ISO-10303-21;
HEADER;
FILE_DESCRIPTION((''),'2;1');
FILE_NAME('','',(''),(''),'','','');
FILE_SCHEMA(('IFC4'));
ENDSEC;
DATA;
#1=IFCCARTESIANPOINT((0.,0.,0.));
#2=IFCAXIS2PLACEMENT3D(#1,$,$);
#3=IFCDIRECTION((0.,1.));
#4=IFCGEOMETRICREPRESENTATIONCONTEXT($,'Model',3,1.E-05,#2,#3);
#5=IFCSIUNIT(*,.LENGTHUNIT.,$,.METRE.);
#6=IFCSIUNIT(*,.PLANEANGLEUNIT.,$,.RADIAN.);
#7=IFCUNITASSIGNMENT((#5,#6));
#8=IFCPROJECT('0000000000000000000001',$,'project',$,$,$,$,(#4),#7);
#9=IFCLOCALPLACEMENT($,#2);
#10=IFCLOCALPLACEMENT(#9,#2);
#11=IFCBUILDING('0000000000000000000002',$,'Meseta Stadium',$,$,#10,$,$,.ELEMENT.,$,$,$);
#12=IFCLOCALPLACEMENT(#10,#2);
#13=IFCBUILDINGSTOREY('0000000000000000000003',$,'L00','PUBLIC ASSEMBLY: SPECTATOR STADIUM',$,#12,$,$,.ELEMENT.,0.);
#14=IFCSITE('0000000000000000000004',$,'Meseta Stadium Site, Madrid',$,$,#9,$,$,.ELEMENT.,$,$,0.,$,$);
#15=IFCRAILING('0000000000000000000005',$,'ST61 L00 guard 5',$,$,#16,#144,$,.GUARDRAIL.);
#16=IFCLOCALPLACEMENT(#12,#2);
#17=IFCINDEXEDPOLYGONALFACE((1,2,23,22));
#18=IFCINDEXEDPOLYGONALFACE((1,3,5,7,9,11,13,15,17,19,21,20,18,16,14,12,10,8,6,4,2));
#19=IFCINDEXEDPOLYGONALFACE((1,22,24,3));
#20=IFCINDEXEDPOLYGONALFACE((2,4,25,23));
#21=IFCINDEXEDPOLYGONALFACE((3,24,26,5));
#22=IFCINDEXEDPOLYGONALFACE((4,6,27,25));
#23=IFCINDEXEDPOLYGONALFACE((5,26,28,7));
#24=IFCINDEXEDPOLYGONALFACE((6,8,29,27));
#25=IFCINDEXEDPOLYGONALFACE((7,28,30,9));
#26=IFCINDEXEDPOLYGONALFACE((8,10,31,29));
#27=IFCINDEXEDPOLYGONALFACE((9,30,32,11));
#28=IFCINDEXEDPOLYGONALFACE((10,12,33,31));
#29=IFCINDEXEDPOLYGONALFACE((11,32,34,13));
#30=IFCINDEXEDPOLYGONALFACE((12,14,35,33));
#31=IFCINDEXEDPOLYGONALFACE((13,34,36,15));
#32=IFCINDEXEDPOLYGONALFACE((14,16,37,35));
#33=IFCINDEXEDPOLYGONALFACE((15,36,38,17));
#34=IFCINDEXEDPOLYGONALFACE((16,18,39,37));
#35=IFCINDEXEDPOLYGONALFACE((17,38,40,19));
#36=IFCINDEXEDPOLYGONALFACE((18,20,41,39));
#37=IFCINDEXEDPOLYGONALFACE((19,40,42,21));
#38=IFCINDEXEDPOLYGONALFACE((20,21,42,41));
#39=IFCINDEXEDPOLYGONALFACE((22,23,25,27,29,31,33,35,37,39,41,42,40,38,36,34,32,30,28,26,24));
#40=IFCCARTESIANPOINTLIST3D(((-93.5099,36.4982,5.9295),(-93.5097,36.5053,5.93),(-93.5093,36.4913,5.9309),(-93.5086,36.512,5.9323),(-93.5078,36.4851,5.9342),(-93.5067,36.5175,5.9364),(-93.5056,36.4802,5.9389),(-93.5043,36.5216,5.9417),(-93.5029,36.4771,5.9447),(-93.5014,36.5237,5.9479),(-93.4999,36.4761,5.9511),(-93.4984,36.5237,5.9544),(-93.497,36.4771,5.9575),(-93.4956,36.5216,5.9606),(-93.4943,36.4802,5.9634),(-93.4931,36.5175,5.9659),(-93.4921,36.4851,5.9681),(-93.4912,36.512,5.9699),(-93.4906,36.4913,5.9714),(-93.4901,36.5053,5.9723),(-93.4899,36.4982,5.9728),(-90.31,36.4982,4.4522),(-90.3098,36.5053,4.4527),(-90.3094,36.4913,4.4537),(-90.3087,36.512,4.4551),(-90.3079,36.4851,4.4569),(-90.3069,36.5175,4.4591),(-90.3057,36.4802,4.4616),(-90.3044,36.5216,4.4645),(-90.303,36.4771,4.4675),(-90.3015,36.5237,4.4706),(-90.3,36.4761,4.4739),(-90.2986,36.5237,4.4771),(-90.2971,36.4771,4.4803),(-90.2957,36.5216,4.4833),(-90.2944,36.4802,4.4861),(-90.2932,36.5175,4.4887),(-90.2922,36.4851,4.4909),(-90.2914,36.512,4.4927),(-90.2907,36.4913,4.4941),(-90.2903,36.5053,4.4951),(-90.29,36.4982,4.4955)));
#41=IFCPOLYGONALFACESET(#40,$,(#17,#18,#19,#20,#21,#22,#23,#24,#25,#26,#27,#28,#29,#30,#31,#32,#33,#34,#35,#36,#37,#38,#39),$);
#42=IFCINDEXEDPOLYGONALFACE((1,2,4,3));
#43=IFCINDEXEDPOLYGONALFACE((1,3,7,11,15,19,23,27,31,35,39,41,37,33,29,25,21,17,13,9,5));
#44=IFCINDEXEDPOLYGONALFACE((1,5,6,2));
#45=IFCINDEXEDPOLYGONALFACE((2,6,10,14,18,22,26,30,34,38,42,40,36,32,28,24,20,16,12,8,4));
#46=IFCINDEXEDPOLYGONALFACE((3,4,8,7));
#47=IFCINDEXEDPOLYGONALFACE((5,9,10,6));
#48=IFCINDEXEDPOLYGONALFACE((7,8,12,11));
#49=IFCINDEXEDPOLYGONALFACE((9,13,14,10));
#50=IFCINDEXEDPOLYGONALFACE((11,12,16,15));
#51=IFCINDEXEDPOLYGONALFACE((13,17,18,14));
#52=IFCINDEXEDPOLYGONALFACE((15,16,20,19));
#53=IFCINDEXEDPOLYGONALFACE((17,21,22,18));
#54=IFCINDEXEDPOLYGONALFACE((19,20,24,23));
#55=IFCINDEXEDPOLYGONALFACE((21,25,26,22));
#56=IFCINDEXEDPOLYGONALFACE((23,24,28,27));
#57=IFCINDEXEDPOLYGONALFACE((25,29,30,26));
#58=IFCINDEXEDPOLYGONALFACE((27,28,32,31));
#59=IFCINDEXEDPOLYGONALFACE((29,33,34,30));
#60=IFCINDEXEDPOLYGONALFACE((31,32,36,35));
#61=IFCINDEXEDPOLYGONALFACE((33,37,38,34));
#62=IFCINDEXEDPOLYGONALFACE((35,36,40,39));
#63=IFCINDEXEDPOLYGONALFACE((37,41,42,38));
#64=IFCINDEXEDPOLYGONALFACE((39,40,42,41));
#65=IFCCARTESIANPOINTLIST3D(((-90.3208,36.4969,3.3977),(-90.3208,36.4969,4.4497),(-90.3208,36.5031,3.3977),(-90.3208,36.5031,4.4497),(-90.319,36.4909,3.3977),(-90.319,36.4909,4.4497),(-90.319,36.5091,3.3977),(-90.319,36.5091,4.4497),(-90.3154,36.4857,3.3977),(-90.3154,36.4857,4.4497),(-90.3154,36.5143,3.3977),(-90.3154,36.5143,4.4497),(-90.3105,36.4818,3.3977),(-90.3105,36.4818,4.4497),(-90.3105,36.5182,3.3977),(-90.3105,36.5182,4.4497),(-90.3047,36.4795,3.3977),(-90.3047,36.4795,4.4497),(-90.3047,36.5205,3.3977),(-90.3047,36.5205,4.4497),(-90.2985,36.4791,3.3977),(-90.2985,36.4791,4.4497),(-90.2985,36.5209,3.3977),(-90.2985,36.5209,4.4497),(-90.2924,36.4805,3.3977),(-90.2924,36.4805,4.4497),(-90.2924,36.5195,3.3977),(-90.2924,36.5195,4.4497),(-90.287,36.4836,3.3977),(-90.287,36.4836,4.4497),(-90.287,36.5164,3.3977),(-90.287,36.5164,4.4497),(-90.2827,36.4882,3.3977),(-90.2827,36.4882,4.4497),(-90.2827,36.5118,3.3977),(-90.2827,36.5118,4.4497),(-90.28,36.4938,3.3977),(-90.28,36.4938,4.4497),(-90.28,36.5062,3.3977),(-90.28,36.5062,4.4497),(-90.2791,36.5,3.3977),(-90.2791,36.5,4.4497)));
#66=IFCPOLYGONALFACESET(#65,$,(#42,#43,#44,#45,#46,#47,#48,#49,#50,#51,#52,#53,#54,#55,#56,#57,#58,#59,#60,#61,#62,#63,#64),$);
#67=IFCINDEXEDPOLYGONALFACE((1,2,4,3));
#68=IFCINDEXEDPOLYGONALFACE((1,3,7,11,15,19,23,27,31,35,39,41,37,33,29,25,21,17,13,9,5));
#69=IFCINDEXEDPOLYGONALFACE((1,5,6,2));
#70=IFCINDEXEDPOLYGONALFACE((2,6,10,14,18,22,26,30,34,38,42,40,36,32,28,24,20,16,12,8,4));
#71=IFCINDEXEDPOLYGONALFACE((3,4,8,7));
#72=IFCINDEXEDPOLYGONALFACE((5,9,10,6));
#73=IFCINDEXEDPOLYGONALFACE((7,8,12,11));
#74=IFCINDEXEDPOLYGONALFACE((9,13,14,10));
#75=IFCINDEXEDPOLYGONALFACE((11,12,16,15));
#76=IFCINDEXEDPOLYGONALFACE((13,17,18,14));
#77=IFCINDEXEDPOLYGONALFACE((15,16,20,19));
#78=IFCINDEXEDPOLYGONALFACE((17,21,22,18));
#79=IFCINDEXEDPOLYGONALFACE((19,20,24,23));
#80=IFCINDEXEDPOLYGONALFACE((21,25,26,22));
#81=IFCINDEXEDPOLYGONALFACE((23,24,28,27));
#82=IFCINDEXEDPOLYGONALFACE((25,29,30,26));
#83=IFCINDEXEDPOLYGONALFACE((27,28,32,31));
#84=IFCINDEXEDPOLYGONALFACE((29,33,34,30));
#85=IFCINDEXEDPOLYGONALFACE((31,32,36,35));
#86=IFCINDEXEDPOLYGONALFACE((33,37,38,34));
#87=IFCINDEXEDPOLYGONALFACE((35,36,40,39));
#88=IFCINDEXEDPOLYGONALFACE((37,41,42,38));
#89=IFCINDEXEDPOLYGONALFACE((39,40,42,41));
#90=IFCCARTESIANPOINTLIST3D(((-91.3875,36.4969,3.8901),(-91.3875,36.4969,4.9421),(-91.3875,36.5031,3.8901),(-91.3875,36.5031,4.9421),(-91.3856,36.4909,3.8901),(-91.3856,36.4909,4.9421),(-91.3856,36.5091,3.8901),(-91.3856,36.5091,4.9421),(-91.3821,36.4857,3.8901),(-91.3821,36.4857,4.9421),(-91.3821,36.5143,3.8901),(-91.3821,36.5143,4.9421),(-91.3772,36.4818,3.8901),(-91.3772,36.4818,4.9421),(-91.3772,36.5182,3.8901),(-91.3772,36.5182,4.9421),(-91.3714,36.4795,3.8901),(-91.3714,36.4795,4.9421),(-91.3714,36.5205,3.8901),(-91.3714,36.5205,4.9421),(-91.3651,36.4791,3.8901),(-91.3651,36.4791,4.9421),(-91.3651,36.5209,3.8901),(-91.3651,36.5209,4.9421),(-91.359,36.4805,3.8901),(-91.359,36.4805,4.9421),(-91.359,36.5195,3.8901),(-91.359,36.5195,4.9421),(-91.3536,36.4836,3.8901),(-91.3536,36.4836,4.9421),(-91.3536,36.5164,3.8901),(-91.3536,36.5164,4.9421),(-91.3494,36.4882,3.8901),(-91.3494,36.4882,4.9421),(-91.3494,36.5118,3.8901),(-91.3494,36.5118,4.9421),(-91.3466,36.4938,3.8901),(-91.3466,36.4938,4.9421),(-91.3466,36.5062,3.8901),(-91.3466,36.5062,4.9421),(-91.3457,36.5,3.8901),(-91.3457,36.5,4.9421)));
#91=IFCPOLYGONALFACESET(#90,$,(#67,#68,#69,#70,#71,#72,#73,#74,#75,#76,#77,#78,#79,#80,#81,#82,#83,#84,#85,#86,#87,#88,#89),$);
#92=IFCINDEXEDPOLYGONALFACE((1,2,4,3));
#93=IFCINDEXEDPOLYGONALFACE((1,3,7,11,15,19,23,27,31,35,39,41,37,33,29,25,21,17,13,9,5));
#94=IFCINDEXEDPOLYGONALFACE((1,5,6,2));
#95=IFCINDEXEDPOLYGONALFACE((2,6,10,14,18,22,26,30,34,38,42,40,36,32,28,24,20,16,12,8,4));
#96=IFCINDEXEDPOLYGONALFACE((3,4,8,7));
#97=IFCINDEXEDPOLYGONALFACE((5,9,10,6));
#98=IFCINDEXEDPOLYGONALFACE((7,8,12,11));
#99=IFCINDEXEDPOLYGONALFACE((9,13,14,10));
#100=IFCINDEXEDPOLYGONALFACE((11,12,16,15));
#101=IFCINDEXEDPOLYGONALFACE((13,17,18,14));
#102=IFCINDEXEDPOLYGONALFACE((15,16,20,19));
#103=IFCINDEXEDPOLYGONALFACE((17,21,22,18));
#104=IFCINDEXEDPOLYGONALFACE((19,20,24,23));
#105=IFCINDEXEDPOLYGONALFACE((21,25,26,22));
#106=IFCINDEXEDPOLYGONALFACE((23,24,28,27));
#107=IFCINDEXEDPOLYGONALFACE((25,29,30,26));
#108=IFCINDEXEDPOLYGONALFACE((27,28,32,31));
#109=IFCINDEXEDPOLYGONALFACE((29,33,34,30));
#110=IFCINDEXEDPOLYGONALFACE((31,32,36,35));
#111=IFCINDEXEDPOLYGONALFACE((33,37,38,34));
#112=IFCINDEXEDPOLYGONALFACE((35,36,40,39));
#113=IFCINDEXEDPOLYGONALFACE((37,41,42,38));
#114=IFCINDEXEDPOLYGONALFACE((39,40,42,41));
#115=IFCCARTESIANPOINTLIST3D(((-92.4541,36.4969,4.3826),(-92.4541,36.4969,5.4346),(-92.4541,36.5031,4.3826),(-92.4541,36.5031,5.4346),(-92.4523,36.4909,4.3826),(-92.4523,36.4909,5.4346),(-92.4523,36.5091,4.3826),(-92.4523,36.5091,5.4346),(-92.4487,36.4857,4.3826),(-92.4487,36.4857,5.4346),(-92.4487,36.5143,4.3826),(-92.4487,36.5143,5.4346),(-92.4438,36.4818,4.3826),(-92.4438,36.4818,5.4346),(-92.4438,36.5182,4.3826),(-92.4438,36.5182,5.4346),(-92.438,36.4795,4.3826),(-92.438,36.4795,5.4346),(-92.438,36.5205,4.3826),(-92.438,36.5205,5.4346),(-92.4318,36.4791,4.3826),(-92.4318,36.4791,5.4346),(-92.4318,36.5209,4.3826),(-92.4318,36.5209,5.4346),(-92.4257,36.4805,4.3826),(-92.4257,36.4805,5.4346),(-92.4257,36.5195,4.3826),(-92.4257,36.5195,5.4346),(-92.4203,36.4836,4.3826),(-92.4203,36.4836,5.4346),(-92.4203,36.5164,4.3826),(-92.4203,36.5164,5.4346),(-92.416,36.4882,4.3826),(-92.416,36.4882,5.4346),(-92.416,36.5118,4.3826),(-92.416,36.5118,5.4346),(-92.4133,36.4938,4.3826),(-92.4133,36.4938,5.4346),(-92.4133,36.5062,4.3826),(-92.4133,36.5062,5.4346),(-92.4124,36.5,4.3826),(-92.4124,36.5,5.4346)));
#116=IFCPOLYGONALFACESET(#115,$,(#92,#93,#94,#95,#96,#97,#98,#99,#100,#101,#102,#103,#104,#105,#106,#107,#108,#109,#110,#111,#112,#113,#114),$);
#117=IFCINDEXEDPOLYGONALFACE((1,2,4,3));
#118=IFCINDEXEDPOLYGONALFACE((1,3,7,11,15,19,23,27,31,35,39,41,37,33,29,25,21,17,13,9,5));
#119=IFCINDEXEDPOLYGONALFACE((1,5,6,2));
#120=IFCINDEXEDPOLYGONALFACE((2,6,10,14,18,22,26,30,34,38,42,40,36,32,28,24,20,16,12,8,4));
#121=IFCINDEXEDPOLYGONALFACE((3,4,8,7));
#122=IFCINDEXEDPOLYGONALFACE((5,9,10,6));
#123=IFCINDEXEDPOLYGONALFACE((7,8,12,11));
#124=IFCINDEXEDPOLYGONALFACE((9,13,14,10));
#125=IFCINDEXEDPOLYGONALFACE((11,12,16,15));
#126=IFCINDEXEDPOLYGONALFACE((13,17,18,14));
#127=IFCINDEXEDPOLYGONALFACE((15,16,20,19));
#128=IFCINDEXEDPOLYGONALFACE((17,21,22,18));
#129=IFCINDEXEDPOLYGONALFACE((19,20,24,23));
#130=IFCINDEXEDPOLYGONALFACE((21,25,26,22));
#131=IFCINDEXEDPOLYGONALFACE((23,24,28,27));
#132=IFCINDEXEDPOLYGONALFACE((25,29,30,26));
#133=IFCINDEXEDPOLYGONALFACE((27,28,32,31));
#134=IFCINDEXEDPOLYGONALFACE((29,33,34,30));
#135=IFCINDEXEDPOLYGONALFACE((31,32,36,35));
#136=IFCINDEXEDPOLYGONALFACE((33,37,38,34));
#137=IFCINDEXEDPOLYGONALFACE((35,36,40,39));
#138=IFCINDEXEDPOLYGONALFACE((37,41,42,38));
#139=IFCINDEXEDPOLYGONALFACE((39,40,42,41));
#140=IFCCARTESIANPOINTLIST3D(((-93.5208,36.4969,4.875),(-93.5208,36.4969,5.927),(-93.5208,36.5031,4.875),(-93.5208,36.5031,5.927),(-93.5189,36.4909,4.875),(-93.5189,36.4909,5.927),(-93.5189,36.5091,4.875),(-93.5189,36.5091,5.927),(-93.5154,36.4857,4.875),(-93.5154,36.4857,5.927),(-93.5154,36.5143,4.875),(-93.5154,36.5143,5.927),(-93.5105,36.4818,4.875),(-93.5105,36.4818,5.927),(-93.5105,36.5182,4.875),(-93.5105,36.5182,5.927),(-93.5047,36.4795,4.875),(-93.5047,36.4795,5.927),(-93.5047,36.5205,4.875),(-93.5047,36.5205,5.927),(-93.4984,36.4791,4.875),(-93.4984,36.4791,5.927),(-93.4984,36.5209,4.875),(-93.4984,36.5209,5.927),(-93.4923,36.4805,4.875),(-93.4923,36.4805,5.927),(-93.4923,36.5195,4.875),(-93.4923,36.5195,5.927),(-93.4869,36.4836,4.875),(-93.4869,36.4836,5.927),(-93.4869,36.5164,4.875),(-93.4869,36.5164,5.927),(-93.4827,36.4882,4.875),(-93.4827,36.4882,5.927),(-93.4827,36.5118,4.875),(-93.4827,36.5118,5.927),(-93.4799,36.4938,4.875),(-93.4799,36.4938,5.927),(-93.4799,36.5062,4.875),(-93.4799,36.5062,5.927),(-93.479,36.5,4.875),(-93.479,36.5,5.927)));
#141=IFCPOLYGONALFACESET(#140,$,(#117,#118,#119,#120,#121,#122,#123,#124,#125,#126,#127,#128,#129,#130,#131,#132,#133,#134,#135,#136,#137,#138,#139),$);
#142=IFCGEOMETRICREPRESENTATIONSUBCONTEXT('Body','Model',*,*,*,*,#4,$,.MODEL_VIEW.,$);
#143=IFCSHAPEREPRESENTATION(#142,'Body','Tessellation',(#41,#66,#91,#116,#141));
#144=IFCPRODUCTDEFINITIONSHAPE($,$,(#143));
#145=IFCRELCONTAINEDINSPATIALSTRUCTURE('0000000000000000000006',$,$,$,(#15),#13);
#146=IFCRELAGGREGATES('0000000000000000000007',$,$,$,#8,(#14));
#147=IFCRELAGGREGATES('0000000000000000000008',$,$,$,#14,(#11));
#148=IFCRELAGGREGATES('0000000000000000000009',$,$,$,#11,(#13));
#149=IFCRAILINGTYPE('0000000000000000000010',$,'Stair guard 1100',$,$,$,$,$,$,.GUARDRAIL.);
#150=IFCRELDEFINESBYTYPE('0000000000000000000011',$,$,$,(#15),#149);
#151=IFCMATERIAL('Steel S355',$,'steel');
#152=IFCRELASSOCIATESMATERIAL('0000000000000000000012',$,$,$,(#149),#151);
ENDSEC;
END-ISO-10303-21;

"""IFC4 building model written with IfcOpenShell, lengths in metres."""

from ifc_helpers import new_model, si_unit, direction, frame, origin, origin_2d, place, context, subcontext, project, spatial, circle, extrude, material, type_object, element, save


model = new_model("IFC4")

# Units and contexts
model_context = context("Model", 3, precision=1e-05, world=origin(), true_north=direction((0.0, 1.0)))
body_context = subcontext(model_context, "Body", "Model", "MODEL_VIEW")
ifc_project = project(units=[si_unit("LENGTHUNIT", "METRE"), si_unit("PLANEANGLEUNIT", "RADIAN")], contexts=[model_context])

# Site, building, storey
site_placement = place(None, origin())
site = spatial("IfcSite", under=ifc_project, at=site_placement, Name="Meseta Stadium Site, Madrid", CompositionType="ELEMENT", RefElevation=0.0)
building_placement = place(site_placement, origin())
building = spatial("IfcBuilding", under=site, at=building_placement, Name="Meseta Stadium", CompositionType="ELEMENT")
storey_placement = place(building_placement, origin())
storey = spatial("IfcBuildingStorey", under=building, at=storey_placement, Name="L00", Description="PUBLIC ASSEMBLY: SPECTATOR STADIUM", CompositionType="ELEMENT", Elevation=0.0)

# Railing
ifc_material_1 = material(Name="Steel S355", Category="steel")
railing_type_1 = type_object("IfcRailingType", Name="Stair guard 1100", PredefinedType="GUARDRAIL", material=ifc_material_1)
railing_1_placement = place(storey_placement, frame((-90.3, 36.5, 3.3977)))
element("IfcRailing", 1, at=railing_1_placement, inside=storey, type_object=railing_type_1, Name="ST61 L00 guard 5", PredefinedType="GUARDRAIL", context=body_context, shape_type="SweptSolid", body=[
    extrude(circle(Radius=0.0239, at=origin_2d()), frame((0.0, 0.0, 1.0762), z_axis=(-0.907917, 0.0, 0.41915), x_axis=(0.0, -1.0, 0.0)), (0.0, 0.0, 1.0), 3.5244),
    extrude(circle(Radius=0.021, at=origin_2d()), origin(), (0.0, 0.0, 1.0), 1.052),
    extrude(circle(Radius=0.021, at=origin_2d()), frame((-1.0667, 0.0, 0.4924)), (0.0, 0.0, 1.0), 1.052),
    extrude(circle(Radius=0.021, at=origin_2d()), frame((-2.1333, 0.0, 0.9849)), (0.0, 0.0, 1.0), 1.052),
    extrude(circle(Radius=0.021, at=origin_2d()), frame((-3.2, 0.0, 1.4773)), (0.0, 0.0, 1.0), 1.052),
])

save(model, "model.ifc")
